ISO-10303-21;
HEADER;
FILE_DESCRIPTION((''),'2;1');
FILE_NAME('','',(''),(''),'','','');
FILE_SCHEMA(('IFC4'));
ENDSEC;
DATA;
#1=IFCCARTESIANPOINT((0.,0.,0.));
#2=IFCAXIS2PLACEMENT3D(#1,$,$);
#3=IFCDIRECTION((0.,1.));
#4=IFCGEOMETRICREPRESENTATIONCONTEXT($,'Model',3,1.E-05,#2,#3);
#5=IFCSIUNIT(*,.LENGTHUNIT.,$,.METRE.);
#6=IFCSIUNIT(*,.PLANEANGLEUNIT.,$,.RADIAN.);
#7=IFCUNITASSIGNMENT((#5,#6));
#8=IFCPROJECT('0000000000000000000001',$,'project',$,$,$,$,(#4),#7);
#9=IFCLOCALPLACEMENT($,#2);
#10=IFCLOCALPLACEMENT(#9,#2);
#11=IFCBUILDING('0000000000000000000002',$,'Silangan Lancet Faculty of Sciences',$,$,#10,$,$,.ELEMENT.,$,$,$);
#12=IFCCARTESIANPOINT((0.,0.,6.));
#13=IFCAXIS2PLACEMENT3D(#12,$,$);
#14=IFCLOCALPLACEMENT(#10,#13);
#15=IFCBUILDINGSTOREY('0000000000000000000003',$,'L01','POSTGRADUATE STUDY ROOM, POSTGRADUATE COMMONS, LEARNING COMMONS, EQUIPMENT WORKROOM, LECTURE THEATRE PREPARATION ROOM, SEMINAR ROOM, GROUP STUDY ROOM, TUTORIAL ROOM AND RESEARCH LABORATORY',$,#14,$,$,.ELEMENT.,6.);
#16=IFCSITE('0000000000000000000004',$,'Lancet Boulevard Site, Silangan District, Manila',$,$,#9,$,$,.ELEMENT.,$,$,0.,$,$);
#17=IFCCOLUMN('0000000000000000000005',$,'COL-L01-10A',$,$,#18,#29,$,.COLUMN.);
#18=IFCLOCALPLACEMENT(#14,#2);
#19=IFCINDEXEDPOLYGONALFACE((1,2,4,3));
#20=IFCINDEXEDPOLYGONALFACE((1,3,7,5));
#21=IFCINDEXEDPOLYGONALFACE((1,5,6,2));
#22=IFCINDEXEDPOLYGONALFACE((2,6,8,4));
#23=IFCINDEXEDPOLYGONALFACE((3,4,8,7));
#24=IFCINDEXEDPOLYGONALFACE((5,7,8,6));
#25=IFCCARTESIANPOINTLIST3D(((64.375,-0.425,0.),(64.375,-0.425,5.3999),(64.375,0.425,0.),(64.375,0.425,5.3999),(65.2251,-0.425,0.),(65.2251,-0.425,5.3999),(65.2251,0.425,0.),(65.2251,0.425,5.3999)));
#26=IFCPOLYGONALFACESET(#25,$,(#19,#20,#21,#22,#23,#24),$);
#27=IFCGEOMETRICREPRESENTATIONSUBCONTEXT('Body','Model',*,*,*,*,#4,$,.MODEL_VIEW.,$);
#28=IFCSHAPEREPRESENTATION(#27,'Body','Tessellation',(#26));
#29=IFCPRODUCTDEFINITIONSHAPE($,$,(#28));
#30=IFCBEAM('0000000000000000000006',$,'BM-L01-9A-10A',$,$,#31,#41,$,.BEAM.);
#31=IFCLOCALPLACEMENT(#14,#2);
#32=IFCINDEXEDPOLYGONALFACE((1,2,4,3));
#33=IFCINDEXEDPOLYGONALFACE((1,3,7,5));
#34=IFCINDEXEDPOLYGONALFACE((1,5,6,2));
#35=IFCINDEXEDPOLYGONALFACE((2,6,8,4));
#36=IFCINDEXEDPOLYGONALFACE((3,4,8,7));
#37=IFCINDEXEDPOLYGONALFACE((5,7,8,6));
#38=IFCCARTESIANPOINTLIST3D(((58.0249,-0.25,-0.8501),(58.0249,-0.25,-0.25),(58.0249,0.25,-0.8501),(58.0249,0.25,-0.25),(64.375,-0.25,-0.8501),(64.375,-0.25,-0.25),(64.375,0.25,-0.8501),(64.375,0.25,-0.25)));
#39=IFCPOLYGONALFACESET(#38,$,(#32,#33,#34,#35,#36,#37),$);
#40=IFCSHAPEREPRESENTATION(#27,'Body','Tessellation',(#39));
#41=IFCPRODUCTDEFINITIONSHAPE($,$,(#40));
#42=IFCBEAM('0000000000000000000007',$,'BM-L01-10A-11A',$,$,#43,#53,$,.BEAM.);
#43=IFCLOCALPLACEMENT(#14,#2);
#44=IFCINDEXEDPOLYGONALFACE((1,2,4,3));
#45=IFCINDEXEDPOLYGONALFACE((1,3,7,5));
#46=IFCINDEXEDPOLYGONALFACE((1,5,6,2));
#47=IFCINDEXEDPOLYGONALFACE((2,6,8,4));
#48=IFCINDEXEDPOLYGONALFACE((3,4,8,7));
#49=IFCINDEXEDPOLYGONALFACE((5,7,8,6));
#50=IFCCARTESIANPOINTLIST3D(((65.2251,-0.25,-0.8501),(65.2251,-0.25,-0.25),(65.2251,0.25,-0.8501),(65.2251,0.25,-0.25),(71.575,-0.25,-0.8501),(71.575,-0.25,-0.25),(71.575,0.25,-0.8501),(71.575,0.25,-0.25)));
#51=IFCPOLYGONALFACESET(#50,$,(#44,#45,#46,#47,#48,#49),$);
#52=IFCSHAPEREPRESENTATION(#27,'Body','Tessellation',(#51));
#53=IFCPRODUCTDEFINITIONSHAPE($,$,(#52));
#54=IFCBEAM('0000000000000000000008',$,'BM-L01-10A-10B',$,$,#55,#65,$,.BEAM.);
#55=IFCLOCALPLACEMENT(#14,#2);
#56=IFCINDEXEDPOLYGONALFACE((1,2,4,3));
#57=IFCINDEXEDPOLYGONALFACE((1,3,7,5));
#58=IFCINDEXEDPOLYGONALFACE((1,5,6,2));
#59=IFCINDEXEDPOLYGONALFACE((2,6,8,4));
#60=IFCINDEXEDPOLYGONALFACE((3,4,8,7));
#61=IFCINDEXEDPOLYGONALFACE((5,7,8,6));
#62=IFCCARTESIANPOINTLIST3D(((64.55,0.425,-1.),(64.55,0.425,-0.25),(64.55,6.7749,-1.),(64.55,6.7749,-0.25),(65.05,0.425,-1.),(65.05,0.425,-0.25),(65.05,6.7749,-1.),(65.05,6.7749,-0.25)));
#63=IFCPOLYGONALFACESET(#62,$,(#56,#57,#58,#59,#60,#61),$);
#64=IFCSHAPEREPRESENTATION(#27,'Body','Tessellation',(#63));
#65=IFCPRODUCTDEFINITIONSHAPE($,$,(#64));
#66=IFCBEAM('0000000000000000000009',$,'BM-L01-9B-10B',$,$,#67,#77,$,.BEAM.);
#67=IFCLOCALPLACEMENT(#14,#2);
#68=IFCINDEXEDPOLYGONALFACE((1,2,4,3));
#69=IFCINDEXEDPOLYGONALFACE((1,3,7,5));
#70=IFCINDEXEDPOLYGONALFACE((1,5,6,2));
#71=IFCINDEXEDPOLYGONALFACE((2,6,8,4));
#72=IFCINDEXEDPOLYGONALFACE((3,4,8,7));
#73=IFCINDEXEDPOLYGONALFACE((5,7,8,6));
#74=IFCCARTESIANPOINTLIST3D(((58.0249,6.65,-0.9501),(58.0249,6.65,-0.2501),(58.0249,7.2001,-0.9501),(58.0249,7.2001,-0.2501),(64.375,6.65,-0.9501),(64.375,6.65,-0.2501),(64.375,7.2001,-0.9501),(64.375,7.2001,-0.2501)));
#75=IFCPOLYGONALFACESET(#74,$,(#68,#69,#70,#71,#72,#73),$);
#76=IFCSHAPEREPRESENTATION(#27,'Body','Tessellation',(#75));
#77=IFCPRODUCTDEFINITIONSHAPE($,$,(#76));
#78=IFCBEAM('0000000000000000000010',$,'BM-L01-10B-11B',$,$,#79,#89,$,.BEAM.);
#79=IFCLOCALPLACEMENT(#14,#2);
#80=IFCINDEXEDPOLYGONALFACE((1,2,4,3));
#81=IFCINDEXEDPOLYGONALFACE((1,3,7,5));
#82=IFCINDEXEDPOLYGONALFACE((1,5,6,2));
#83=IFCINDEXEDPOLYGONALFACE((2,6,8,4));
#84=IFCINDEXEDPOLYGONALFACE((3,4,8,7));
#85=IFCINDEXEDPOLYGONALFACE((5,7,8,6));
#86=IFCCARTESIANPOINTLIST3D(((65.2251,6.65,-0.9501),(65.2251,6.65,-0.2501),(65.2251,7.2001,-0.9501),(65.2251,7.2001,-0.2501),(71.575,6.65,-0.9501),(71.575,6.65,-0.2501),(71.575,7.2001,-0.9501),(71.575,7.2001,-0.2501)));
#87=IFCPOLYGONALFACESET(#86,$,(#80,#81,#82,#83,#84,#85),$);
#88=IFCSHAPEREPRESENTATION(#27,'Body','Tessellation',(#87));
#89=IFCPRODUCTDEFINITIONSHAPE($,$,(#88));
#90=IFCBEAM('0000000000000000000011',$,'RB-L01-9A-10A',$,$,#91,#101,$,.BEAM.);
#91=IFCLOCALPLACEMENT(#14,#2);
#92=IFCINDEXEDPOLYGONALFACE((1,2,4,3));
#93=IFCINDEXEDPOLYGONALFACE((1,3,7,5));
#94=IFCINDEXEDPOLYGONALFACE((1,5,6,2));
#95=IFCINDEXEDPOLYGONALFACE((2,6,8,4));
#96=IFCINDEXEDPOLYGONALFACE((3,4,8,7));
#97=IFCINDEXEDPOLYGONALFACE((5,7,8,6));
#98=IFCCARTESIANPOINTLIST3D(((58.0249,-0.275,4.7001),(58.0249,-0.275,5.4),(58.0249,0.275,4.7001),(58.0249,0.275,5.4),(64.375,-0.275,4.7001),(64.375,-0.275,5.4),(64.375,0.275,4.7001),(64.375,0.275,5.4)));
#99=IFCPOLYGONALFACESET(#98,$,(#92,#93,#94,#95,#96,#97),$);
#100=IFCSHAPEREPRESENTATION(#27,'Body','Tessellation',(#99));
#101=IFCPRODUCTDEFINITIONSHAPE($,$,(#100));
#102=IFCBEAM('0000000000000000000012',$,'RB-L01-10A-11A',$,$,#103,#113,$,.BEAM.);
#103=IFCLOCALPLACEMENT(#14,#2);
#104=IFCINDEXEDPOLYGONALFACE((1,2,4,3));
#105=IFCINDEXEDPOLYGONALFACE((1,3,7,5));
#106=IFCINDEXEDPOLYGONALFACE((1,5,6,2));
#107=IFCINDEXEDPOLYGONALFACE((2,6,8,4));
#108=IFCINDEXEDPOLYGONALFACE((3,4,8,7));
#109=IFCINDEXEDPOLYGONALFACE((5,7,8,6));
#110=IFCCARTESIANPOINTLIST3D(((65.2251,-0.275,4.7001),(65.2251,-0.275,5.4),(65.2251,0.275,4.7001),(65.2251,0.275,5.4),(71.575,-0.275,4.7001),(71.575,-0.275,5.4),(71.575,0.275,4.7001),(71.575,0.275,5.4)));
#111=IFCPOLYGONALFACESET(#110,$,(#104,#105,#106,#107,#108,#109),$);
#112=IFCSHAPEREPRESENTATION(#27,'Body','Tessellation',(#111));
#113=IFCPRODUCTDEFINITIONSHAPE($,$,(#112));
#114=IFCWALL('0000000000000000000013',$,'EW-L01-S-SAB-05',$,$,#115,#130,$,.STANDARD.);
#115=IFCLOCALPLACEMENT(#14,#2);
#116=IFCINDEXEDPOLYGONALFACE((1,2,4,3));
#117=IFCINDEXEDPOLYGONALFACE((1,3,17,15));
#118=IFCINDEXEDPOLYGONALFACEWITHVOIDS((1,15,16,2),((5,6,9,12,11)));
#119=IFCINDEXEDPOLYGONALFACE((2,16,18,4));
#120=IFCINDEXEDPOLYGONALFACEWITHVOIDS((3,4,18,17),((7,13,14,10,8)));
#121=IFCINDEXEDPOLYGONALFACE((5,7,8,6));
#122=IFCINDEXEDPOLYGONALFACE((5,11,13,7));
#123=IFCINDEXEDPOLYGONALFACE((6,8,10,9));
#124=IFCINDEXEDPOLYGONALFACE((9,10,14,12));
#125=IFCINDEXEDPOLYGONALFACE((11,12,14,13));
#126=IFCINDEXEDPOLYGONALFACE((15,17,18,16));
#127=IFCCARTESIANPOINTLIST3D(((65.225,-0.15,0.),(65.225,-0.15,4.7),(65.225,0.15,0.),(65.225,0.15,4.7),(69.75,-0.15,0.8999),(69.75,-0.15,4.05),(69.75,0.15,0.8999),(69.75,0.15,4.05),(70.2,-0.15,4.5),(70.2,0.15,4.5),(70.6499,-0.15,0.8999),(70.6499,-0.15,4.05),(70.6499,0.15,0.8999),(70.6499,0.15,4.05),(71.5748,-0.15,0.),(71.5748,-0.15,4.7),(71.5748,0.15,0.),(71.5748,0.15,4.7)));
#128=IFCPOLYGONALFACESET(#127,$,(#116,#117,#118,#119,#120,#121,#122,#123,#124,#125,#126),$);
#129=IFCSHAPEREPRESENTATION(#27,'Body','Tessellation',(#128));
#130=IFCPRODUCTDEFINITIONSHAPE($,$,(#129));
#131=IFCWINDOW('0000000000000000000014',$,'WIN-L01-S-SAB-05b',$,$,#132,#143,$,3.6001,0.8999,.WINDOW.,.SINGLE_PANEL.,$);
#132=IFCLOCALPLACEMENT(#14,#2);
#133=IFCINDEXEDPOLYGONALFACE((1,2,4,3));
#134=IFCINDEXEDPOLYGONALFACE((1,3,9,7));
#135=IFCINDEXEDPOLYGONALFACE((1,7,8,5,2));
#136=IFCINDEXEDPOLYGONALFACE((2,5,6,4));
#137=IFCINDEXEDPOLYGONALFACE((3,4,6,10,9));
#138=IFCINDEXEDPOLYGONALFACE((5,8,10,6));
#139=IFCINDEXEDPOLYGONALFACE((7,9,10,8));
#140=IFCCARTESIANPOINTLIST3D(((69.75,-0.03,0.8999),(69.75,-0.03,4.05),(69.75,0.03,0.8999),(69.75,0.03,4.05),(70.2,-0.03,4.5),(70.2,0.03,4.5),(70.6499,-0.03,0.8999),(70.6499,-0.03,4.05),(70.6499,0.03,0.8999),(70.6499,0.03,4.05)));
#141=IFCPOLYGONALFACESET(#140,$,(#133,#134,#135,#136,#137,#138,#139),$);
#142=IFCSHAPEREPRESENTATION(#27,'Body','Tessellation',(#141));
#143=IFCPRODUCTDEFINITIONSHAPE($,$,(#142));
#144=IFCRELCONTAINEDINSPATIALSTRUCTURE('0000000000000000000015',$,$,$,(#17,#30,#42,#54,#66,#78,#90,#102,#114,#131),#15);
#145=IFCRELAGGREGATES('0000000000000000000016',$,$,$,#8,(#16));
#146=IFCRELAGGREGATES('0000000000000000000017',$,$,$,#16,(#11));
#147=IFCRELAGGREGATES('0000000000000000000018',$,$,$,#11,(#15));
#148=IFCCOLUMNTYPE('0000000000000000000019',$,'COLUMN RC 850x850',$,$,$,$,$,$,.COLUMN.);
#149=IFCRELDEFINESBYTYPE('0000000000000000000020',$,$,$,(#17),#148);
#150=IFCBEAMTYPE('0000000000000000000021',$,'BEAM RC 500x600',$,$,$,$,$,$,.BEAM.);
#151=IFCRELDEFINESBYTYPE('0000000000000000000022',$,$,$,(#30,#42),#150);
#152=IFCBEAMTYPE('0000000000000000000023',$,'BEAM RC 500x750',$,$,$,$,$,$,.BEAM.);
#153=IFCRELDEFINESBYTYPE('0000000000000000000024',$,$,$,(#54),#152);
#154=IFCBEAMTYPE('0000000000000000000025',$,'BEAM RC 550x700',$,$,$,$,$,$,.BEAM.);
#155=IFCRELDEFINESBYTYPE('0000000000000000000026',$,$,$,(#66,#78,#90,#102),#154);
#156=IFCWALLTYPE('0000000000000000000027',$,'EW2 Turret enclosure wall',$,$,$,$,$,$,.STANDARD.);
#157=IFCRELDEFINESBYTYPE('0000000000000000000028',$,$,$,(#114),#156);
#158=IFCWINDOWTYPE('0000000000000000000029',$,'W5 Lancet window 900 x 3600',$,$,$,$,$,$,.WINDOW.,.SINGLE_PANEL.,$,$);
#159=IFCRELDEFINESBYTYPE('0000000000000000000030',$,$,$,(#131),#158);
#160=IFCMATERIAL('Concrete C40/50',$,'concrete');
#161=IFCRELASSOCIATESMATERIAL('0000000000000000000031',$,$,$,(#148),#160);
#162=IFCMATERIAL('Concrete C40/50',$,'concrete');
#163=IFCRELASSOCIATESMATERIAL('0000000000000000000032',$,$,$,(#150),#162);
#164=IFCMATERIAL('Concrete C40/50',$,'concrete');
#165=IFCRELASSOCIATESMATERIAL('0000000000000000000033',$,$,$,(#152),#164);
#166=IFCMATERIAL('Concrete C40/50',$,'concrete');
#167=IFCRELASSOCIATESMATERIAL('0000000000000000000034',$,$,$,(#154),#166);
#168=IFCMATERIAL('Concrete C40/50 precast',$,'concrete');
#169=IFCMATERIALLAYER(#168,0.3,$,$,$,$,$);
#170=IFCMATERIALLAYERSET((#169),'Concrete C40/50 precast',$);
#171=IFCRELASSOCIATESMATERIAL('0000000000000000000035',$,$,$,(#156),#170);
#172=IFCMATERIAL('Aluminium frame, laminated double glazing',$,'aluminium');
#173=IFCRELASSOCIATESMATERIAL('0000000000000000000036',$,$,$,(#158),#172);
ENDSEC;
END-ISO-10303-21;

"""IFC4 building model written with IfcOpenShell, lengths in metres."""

from ifc_helpers import new_model, si_unit, direction, frame, frame_2d, origin, origin_2d, place, context, subcontext, project, spatial, polyline, rectangle, outline, extrude, material, layer, layer_set, material_profile, profile_set, type_object, element, fill, save


model = new_model("IFC4")

# Units and contexts
model_context = context("Model", 3, precision=1e-05, world=origin(), true_north=direction((0.0, 1.0)))
body_context = subcontext(model_context, "Body", "Model", "MODEL_VIEW")
ifc_project = project(units=[si_unit("LENGTHUNIT", "METRE"), si_unit("PLANEANGLEUNIT", "RADIAN")], contexts=[model_context])

# Site, building, storey
site_placement = place(None, origin())
site = spatial("IfcSite", under=ifc_project, at=site_placement, Name="Lancet Boulevard Site, Silangan District, Manila", CompositionType="ELEMENT", RefElevation=0.0)
building_placement = place(site_placement, origin())
building = spatial("IfcBuilding", under=site, at=building_placement, Name="Silangan Lancet Faculty of Sciences", CompositionType="ELEMENT")
storey_placement = place(building_placement, frame((0.0, 0.0, 6.0)))
storey = spatial("IfcBuildingStorey", under=building, at=storey_placement, Name="L01", Description="POSTGRADUATE STUDY ROOM, POSTGRADUATE COMMONS, LEARNING COMMONS, EQUIPMENT WORKROOM, LECTURE THEATRE PREPARATION ROOM, SEMINAR ROOM, GROUP STUDY ROOM, TUTORIAL ROOM AND RESEARCH LABORATORY", CompositionType="ELEMENT", Elevation=6.0)

# Column
ifc_material_1 = material(Name="Concrete C40/50", Category="concrete")
ifc_material_profile_1 = material_profile(ifc_material_1, rectangle(XDim=0.8501, YDim=0.8501, at=origin_2d()), Name="RC 850x850")
ifc_profile_set_1 = profile_set([ifc_material_profile_1], Name="Concrete C40/50")
column_type = type_object("IfcColumnType", Name="COLUMN RC 850x850", PredefinedType="COLUMN", material=ifc_profile_set_1)
column_placement = place(storey_placement, frame((64.8, 0.0, 0.0), z_axis=(0.0, 0.0, 1.0), x_axis=(1.0, 0.0, 0.0)))
element("IfcColumn", 1, at=column_placement, inside=storey, type_object=column_type, Name="COL-L01-10A", PredefinedType="COLUMN", context=body_context, shape_type="SweptSolid", body=[
    extrude(rectangle(XDim=0.8501, YDim=0.8501, at=origin_2d()), origin(), (0.0, 0.0, 1.0), 5.3999),
])

# Beams
ifc_material_2 = material(Name="Concrete C40/50", Category="concrete")
ifc_material_profile_2 = material_profile(ifc_material_2, rectangle(XDim=0.5, YDim=0.6001, at=origin_2d()), Name="RC 500x600")
ifc_profile_set_2 = profile_set([ifc_material_profile_2], Name="Concrete C40/50")
beam_type_1 = type_object("IfcBeamType", Name="BEAM RC 500x600", PredefinedType="BEAM", material=ifc_profile_set_2)
beam_1_placement = place(storey_placement, frame((58.0249, 0.0, -0.55), z_axis=(1.0, 0.0, 0.0), x_axis=(0.0, 1.0, 0.0)))
element("IfcBeam", 2, at=beam_1_placement, inside=storey, type_object=beam_type_1, Name="BM-L01-9A-10A", PredefinedType="BEAM", context=body_context, shape_type="SweptSolid", body=[
    extrude(rectangle(XDim=0.5, YDim=0.6001, at=origin_2d()), origin(), (0.0, 0.0, 1.0), 6.3501),
])
beam_2_placement = place(storey_placement, frame((65.2251, 0.0, -0.55), z_axis=(1.0, 0.0, 0.0), x_axis=(0.0, 1.0, 0.0)))
element("IfcBeam", 3, at=beam_2_placement, inside=storey, type_object=beam_type_1, Name="BM-L01-10A-11A", PredefinedType="BEAM", context=body_context, shape_type="SweptSolid", body=[
    extrude(rectangle(XDim=0.5, YDim=0.6001, at=origin_2d()), origin(), (0.0, 0.0, 1.0), 6.3499),
])
ifc_material_3 = material(Name="Concrete C40/50", Category="concrete")
ifc_material_profile_3 = material_profile(ifc_material_3, rectangle(XDim=0.5, YDim=0.75, at=origin_2d()), Name="RC 500x750")
ifc_profile_set_3 = profile_set([ifc_material_profile_3], Name="Concrete C40/50")
beam_type_2 = type_object("IfcBeamType", Name="BEAM RC 500x750", PredefinedType="BEAM", material=ifc_profile_set_3)
beam_3_placement = place(storey_placement, frame((64.8, 0.425, -0.625), z_axis=(0.0, 1.0, 0.0), x_axis=(-1.0, 0.0, 0.0)))
element("IfcBeam", 4, at=beam_3_placement, inside=storey, type_object=beam_type_2, Name="BM-L01-10A-10B", PredefinedType="BEAM", context=body_context, shape_type="SweptSolid", body=[
    extrude(rectangle(XDim=0.5, YDim=0.75, at=origin_2d()), origin(), (0.0, 0.0, 1.0), 6.3499),
])
ifc_material_4 = material(Name="Concrete C40/50", Category="concrete")
ifc_material_profile_4 = material_profile(ifc_material_4, rectangle(XDim=0.55, YDim=0.7, at=origin_2d()), Name="RC 550x700")
ifc_profile_set_4 = profile_set([ifc_material_profile_4], Name="Concrete C40/50")
beam_type_3 = type_object("IfcBeamType", Name="BEAM RC 550x700", PredefinedType="BEAM", material=ifc_profile_set_4)
beam_4_placement = place(storey_placement, frame((58.0249, 6.925, -0.6001), z_axis=(1.0, 0.0, 0.0), x_axis=(0.0, 1.0, 0.0)))
element("IfcBeam", 5, at=beam_4_placement, inside=storey, type_object=beam_type_3, Name="BM-L01-9B-10B", PredefinedType="BEAM", context=body_context, shape_type="SweptSolid", body=[
    extrude(rectangle(XDim=0.55, YDim=0.7, at=origin_2d()), origin(), (0.0, 0.0, 1.0), 6.3501),
])
beam_5_placement = place(storey_placement, frame((65.2251, 6.925, -0.6001), z_axis=(1.0, 0.0, 0.0), x_axis=(0.0, 1.0, 0.0)))
element("IfcBeam", 6, at=beam_5_placement, inside=storey, type_object=beam_type_3, Name="BM-L01-10B-11B", PredefinedType="BEAM", context=body_context, shape_type="SweptSolid", body=[
    extrude(rectangle(XDim=0.55, YDim=0.7, at=origin_2d()), origin(), (0.0, 0.0, 1.0), 6.3499),
])
beam_6_placement = place(storey_placement, frame((58.0249, 0.0, 5.05), z_axis=(1.0, 0.0, 0.0), x_axis=(0.0, 1.0, 0.0)))
element("IfcBeam", 7, at=beam_6_placement, inside=storey, type_object=beam_type_3, Name="RB-L01-9A-10A", PredefinedType="BEAM", context=body_context, shape_type="SweptSolid", body=[
    extrude(rectangle(XDim=0.55, YDim=0.7, at=origin_2d()), origin(), (0.0, 0.0, 1.0), 6.3501),
])
beam_7_placement = place(storey_placement, frame((65.2251, 0.0, 5.05), z_axis=(1.0, 0.0, 0.0), x_axis=(0.0, 1.0, 0.0)))
element("IfcBeam", 8, at=beam_7_placement, inside=storey, type_object=beam_type_3, Name="RB-L01-10A-11A", PredefinedType="BEAM", context=body_context, shape_type="SweptSolid", body=[
    extrude(rectangle(XDim=0.55, YDim=0.7, at=origin_2d()), origin(), (0.0, 0.0, 1.0), 6.3499),
])

# Wall, opening, window
ifc_material_5 = material(Name="Concrete C40/50 precast", Category="concrete")
ifc_layer_1 = layer(ifc_material_5, 0.3)
ifc_layer_set_1 = layer_set([ifc_layer_1], Name="Concrete C40/50 precast")
wall_type_1 = type_object("IfcWallType", Name="EW2 Turret enclosure wall", PredefinedType="STANDARD", material=ifc_layer_set_1)
wall_1_placement = place(storey_placement, frame((65.2251, 0.0, 0.0), z_axis=(0.0, 0.0, 1.0), x_axis=(1.0, 0.0, 0.0)))
wall_1 = element("IfcWall", 9, at=wall_1_placement, inside=storey, type_object=wall_type_1, Name="EW-L01-S-SAB-05", PredefinedType="STANDARD", context=body_context, shape_type="SweptSolid", body=[
    extrude(rectangle(XDim=6.3499, YDim=0.3, at=frame_2d((3.1748, 0.0))), origin(), (0.0, 0.0, 1.0), 4.7),
])
opening_1_placement = place(wall_1_placement, frame((4.5249, 0.0, 0.8999)))
opening_1 = element("IfcOpeningElement", 10, at=opening_1_placement, cuts=wall_1, PredefinedType="OPENING", context=body_context, shape_type="SweptSolid", body=[
    extrude(outline(polyline([(0.0, 0.0), (0.8999, 0.0), (0.8999, 3.1501), (0.45, 3.6001), (0.0, 3.1501), (0.0, 0.0)])), frame((0.0, 0.1599, 0.0), z_axis=(0.0, -1.0, 0.0), x_axis=(1.0, 0.0, 0.0)), (0.0, 0.0, 1.0), 0.3201),
])
ifc_material_6 = material(Name="Aluminium frame, laminated double glazing", Category="aluminium")
window_type_1 = type_object("IfcWindowType", Name="W5 Lancet window 900 x 3600", PartitioningType="SINGLE_PANEL", PredefinedType="WINDOW", material=ifc_material_6)
window_1_placement = place(opening_1_placement, origin())
window_1 = element("IfcWindow", 11, at=window_1_placement, inside=storey, type_object=window_type_1, Name="WIN-L01-S-SAB-05b", OverallHeight=3.6001, OverallWidth=0.8999, PartitioningType="SINGLE_PANEL", PredefinedType="WINDOW", context=body_context, shape_type="SweptSolid", body=[
    extrude(outline(polyline([(0.0, 0.0), (0.8999, 0.0), (0.8999, 3.1501), (0.45, 3.6001), (0.0, 3.1501), (0.0, 0.0)])), frame((0.0, 0.03, 0.0), z_axis=(0.0, -1.0, 0.0), x_axis=(1.0, 0.0, 0.0)), (0.0, 0.0, 1.0), 0.0601),
])
fill(opening_1, window_1)

save(model, "model.ifc")
